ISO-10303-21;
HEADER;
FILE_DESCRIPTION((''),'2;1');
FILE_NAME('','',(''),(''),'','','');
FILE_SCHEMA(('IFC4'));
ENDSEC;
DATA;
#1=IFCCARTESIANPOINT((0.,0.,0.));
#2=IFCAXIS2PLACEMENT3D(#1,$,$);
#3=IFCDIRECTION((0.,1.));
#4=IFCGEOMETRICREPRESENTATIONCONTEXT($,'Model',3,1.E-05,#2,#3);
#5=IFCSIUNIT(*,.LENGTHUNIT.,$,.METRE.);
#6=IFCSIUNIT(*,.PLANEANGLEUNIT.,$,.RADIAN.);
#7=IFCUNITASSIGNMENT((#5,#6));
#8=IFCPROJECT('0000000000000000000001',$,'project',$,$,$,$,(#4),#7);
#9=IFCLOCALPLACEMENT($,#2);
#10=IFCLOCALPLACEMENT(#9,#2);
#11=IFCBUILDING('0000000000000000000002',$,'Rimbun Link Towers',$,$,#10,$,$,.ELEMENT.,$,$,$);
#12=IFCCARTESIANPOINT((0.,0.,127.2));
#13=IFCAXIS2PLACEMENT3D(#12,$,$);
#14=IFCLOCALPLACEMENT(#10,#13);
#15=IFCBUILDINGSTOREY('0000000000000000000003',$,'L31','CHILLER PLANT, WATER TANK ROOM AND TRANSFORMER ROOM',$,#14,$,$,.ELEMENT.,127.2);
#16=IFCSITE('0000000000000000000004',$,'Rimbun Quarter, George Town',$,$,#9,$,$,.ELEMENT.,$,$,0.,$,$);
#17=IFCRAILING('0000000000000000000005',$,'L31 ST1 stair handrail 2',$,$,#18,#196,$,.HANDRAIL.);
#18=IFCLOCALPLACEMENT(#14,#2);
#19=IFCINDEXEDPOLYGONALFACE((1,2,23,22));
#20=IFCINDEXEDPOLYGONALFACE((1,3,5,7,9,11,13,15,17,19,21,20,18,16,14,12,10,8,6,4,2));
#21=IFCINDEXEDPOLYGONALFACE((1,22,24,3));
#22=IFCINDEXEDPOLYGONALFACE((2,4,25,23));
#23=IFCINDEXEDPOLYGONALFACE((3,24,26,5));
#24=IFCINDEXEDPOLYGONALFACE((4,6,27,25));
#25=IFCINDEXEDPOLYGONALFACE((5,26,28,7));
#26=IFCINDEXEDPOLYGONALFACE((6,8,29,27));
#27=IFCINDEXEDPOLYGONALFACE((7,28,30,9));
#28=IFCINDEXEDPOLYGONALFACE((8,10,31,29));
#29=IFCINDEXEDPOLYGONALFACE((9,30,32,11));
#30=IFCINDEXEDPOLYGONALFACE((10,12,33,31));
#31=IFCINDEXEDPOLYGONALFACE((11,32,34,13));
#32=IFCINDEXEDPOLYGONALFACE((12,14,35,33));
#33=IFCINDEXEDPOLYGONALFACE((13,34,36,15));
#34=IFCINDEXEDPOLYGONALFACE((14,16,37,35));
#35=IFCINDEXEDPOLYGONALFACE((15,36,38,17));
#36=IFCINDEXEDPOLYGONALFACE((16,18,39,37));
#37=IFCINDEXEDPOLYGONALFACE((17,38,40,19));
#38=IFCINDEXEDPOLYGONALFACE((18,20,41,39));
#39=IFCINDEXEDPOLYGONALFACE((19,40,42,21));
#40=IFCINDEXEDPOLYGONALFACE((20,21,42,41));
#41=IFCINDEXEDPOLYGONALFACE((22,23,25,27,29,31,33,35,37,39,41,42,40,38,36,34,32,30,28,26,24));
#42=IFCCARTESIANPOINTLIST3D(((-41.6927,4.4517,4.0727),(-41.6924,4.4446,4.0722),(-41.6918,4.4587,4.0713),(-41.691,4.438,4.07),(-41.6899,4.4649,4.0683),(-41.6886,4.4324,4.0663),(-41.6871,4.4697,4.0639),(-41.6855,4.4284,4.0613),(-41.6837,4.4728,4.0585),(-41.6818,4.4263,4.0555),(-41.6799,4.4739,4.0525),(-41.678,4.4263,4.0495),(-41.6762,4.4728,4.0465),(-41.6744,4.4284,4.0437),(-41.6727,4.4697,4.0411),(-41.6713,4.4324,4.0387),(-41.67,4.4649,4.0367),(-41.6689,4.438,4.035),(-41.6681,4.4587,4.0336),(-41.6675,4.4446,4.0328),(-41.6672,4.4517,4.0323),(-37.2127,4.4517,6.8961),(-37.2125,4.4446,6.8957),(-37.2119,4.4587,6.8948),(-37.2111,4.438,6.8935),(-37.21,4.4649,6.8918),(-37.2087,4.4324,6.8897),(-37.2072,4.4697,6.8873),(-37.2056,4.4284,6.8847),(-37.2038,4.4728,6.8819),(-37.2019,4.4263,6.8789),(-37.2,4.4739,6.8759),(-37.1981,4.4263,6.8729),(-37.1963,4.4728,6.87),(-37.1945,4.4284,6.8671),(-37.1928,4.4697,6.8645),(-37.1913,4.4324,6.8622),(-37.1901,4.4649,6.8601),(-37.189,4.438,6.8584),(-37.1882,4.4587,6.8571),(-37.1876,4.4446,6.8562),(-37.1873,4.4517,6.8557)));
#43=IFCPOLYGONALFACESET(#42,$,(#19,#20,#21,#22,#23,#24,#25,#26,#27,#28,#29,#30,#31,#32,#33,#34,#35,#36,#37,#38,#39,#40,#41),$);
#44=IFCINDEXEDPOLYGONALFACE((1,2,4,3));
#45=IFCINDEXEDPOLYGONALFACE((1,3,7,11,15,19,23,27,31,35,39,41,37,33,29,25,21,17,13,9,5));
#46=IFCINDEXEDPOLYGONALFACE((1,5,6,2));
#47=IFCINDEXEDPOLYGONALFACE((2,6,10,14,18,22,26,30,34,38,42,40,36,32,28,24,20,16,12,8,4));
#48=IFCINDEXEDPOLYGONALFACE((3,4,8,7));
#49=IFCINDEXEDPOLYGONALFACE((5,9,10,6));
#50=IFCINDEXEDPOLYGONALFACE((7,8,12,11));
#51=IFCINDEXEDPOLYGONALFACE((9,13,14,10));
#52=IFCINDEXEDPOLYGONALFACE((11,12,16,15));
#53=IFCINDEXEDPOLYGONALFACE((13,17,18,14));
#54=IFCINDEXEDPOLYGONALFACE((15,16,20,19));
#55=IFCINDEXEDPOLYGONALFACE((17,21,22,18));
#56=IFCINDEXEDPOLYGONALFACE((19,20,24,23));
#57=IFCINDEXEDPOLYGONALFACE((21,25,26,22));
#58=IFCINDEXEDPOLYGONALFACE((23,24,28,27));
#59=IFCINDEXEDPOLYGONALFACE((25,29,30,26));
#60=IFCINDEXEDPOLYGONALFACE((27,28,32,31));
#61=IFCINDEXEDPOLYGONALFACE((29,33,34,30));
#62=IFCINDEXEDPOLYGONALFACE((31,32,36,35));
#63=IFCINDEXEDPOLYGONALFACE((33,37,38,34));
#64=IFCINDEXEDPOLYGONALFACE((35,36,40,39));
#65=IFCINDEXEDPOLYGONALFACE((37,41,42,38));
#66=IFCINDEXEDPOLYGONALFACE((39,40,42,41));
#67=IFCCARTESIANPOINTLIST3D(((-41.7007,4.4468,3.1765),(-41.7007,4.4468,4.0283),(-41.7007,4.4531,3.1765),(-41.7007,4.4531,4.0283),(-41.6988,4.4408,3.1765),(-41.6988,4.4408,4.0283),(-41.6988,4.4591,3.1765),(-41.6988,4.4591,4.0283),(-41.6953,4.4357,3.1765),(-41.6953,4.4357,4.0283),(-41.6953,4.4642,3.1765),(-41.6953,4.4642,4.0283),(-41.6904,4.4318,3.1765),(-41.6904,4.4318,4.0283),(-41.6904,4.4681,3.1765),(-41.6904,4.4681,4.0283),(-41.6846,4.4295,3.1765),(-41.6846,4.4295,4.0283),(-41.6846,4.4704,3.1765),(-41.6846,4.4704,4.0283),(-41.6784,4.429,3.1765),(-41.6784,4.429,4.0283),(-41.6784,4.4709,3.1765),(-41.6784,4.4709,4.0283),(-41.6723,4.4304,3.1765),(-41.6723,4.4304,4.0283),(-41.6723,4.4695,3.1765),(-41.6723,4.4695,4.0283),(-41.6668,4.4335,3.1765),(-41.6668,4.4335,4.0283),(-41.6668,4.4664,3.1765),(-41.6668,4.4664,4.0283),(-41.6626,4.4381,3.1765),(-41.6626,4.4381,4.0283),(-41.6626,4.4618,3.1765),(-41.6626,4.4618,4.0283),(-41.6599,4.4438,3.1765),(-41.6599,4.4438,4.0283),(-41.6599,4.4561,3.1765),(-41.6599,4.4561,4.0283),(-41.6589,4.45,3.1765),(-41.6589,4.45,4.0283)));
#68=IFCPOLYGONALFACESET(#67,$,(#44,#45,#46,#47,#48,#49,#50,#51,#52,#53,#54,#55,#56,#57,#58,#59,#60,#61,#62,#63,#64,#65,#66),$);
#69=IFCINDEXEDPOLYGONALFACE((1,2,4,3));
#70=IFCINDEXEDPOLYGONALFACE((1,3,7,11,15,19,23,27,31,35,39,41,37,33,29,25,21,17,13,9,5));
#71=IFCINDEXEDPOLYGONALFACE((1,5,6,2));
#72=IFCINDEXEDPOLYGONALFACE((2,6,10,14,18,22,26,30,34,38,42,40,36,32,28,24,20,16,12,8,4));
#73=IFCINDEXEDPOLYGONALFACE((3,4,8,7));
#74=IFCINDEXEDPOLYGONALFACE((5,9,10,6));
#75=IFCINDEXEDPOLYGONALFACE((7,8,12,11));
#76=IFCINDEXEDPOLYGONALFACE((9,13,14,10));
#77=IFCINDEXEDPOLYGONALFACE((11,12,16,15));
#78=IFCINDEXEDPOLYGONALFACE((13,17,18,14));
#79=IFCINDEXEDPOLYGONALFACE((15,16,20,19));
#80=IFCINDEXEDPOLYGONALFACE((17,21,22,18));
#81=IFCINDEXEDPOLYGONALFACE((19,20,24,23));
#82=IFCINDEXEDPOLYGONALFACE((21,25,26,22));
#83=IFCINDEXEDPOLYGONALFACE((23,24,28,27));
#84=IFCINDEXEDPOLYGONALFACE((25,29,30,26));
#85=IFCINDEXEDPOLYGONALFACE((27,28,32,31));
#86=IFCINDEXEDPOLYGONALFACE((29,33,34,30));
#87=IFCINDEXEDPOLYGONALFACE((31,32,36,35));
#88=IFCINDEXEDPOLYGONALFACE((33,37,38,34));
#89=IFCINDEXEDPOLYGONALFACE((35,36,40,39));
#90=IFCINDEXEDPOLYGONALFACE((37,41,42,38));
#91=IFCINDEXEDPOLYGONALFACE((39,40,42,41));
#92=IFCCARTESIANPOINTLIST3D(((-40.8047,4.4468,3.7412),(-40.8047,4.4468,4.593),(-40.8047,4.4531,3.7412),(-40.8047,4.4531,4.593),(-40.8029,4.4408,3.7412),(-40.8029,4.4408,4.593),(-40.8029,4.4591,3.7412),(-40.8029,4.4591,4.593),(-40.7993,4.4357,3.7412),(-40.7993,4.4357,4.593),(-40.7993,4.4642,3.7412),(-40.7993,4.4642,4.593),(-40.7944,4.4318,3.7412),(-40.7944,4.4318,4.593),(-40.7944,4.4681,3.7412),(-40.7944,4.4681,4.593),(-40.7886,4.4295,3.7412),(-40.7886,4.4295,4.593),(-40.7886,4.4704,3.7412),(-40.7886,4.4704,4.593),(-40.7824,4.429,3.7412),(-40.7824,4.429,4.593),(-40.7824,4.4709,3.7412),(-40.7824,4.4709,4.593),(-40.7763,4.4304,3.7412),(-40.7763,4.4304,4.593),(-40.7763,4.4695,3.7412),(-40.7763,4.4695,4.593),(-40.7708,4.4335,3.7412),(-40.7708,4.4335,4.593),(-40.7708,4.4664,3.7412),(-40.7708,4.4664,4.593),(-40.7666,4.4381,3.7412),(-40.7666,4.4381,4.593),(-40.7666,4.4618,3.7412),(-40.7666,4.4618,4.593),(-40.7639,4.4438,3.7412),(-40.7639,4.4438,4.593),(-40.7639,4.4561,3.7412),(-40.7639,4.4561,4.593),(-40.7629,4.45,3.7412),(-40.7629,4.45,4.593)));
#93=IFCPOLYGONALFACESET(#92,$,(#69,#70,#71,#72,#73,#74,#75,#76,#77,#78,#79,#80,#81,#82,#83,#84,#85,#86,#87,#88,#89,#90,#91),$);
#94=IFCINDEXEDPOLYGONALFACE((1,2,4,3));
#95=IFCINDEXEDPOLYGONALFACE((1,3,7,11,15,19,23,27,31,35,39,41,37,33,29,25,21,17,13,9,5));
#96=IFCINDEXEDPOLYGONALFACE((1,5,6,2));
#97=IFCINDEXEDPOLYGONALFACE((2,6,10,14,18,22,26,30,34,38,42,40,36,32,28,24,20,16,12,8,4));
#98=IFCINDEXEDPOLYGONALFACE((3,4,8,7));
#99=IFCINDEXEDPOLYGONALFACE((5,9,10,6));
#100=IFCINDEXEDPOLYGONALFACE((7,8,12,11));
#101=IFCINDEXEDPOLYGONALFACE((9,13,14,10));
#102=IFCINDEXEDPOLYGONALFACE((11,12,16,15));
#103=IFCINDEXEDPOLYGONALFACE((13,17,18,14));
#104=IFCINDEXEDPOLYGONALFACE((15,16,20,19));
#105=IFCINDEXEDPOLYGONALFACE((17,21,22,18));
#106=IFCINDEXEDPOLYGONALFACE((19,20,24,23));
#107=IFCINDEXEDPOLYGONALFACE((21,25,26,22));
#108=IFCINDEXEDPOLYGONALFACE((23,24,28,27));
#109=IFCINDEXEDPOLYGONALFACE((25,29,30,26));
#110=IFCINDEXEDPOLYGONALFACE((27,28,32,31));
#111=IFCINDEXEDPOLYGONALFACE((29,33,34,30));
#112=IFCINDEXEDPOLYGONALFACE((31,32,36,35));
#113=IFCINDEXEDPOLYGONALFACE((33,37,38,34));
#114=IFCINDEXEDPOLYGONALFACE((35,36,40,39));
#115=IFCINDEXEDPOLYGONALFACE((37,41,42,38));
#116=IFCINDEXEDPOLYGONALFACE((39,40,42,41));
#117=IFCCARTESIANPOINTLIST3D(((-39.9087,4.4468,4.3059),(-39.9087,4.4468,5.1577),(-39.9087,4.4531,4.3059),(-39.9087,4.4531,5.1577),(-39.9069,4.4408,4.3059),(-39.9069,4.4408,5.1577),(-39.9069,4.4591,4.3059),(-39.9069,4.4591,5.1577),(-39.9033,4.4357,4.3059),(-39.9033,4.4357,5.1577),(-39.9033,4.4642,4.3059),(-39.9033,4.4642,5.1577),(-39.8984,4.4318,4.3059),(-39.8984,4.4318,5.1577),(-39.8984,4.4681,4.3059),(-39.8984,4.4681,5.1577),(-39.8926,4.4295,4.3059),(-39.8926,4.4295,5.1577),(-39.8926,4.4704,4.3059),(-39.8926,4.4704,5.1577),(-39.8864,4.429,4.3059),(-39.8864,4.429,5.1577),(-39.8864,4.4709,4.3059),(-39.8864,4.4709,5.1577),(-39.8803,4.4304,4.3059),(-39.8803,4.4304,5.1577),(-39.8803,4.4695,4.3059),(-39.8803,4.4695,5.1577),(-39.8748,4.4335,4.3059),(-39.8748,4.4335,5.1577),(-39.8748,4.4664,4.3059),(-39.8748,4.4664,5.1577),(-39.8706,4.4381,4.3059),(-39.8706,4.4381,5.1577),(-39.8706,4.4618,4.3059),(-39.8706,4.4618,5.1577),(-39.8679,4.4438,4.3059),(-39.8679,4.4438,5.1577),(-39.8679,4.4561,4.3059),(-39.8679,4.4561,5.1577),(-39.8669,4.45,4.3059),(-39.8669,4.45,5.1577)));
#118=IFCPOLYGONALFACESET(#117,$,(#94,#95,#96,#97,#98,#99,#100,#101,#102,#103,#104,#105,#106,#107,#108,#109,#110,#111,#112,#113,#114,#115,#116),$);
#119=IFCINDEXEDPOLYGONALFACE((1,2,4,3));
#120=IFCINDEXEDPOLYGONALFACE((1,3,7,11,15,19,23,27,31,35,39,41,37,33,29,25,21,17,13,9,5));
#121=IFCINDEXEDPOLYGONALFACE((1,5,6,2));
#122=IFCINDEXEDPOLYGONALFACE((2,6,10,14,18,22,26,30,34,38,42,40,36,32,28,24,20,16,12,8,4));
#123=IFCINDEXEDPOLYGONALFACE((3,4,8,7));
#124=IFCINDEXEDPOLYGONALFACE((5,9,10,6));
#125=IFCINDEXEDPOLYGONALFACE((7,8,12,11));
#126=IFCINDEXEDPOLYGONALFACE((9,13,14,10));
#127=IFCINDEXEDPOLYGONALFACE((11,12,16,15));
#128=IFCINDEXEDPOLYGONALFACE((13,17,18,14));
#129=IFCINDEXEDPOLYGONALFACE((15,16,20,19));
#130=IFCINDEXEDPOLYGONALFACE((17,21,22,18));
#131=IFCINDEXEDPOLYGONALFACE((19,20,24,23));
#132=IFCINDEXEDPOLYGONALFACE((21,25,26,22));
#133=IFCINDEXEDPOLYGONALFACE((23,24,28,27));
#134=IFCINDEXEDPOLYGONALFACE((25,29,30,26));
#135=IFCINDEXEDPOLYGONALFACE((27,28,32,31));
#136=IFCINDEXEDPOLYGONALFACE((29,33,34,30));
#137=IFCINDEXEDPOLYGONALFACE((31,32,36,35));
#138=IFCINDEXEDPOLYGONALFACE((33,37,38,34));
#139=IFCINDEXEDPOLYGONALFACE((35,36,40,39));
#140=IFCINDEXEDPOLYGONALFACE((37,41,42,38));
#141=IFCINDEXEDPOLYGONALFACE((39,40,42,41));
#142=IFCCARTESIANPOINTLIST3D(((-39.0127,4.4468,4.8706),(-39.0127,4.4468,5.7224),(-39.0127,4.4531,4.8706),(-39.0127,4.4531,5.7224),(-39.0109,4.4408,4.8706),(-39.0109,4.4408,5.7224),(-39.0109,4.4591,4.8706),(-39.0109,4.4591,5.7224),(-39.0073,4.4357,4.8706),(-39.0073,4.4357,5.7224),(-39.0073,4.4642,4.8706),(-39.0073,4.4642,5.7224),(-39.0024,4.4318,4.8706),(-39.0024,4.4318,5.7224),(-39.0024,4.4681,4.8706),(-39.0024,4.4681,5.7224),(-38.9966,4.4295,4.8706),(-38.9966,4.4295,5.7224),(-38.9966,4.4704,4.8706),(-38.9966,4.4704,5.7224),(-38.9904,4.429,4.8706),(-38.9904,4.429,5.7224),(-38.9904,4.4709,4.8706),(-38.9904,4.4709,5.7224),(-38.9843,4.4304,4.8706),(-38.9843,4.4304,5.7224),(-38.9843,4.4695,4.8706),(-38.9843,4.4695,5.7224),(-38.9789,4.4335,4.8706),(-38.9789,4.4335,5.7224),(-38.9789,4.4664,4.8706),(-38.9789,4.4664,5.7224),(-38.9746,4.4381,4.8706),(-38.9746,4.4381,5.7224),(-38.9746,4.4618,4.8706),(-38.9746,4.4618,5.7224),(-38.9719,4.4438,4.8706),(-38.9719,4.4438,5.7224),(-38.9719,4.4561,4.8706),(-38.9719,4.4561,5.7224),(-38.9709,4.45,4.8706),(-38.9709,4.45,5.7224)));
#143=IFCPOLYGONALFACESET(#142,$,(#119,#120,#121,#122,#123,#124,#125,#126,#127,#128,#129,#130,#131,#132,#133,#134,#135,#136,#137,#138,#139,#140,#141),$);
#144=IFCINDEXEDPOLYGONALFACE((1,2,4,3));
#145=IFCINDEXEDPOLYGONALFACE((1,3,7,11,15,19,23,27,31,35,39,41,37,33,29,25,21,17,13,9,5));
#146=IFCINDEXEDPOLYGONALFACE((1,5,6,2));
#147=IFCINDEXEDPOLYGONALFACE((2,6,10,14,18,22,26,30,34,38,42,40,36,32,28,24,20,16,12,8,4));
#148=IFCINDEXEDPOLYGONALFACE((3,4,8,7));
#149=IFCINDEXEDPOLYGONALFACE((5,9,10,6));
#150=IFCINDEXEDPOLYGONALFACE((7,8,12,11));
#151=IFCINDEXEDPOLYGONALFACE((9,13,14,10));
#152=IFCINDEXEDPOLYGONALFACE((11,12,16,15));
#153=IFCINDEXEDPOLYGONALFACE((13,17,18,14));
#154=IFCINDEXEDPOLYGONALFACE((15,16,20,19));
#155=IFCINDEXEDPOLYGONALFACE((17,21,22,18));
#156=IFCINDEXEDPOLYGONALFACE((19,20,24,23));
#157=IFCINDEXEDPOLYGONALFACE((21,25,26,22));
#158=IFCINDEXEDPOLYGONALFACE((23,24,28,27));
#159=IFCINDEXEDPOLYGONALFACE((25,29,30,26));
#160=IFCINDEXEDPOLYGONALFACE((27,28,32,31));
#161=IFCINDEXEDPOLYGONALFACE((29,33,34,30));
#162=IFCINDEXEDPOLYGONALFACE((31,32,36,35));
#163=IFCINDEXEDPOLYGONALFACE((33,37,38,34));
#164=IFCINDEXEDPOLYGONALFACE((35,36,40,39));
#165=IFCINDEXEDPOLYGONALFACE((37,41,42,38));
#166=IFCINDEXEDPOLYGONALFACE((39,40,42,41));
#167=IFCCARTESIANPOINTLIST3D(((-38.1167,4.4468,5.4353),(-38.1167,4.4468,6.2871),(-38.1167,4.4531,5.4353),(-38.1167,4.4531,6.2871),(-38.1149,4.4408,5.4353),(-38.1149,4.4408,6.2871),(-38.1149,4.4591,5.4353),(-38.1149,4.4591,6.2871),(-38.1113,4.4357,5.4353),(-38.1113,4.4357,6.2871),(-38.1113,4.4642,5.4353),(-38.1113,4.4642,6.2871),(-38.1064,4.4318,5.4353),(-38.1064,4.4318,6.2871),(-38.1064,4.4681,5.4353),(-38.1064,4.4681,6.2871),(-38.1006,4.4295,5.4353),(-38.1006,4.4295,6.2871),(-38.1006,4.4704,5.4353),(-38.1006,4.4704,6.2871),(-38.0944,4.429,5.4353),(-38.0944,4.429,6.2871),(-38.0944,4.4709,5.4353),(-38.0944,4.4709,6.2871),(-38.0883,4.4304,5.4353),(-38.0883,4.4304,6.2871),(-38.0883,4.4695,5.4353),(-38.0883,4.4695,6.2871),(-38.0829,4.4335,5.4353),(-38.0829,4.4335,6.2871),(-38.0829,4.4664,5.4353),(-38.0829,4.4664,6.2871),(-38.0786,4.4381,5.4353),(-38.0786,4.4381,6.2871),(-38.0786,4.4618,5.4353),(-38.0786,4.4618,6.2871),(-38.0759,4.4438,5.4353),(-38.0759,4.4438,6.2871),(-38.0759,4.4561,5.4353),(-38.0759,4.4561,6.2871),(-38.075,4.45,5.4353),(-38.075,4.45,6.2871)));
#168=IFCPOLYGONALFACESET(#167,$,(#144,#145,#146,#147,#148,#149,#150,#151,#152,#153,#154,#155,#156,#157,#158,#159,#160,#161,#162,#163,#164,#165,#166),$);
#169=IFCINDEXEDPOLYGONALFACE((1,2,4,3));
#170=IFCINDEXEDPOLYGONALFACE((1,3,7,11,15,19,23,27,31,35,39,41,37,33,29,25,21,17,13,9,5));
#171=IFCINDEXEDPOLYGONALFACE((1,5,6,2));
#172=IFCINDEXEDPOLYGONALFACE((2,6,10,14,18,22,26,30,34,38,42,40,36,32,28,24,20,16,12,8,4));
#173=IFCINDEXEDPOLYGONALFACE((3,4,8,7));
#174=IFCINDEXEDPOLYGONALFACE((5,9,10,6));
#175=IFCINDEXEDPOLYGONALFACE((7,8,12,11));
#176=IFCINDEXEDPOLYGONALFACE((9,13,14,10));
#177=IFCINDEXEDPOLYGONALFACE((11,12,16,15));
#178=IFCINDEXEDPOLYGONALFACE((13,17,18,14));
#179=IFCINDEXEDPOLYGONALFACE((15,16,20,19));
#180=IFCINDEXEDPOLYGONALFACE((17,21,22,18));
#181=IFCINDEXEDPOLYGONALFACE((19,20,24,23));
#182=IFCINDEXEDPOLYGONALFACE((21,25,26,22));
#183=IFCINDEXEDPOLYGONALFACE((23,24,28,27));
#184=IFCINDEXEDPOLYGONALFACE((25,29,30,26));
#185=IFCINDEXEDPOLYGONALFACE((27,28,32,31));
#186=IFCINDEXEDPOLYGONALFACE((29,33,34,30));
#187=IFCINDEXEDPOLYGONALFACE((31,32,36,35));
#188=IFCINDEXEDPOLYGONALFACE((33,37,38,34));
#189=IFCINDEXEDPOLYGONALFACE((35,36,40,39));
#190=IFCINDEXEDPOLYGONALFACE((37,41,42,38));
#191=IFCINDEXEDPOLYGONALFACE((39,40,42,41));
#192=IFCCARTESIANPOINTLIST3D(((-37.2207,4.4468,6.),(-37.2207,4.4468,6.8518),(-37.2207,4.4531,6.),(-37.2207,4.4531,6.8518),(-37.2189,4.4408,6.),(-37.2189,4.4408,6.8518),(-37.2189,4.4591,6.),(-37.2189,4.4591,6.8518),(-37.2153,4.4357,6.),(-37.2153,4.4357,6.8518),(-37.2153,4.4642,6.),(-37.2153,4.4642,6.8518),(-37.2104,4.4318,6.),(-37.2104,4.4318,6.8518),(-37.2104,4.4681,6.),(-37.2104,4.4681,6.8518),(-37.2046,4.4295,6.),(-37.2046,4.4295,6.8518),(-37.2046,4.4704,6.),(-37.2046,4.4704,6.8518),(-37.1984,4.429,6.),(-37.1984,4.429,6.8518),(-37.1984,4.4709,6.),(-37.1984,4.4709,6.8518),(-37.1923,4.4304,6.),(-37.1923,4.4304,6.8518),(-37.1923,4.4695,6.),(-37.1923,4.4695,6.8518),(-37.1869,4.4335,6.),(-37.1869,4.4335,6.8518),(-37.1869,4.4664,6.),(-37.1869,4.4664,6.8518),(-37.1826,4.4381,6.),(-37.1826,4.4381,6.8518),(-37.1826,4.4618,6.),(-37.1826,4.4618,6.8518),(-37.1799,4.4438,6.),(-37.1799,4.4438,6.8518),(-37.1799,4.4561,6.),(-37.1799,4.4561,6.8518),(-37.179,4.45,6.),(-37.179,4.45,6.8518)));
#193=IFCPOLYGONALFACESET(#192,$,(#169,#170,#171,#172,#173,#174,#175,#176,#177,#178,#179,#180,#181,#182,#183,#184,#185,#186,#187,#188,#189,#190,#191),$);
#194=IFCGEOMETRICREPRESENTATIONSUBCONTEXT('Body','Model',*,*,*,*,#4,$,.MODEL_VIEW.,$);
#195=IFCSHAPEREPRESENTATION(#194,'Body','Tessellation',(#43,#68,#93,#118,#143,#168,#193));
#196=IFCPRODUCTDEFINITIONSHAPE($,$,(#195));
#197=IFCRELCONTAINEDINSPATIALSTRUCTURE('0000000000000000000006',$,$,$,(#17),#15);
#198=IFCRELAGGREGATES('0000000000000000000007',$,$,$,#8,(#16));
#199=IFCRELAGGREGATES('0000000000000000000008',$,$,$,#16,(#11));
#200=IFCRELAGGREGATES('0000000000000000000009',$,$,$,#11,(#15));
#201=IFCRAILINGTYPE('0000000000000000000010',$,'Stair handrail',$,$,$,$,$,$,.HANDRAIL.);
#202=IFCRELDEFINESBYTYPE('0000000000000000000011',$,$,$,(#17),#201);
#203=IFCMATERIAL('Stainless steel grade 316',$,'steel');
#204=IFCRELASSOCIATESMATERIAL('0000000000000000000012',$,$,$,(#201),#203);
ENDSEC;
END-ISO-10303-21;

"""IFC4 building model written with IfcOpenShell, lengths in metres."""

from ifc_helpers import new_model, si_unit, direction, frame, origin, origin_2d, place, context, subcontext, project, spatial, circle, extrude, material, type_object, element, save


model = new_model("IFC4")

# Units and contexts
model_context = context("Model", 3, precision=1e-05, world=origin(), true_north=direction((0.0, 1.0)))
body_context = subcontext(model_context, "Body", "Model", "MODEL_VIEW")
ifc_project = project(units=[si_unit("LENGTHUNIT", "METRE"), si_unit("PLANEANGLEUNIT", "RADIAN")], contexts=[model_context])

# Site, building, storey
site_placement = place(None, origin())
site = spatial("IfcSite", under=ifc_project, at=site_placement, Name="Rimbun Quarter, George Town", CompositionType="ELEMENT", RefElevation=0.0)
building_placement = place(site_placement, origin())
building = spatial("IfcBuilding", under=site, at=building_placement, Name="Rimbun Link Towers", CompositionType="ELEMENT")
storey_placement = place(building_placement, frame((0.0, 0.0, 127.2)))
storey = spatial("IfcBuildingStorey", under=building, at=storey_placement, Name="L31", Description="CHILLER PLANT, WATER TANK ROOM AND TRANSFORMER ROOM", CompositionType="ELEMENT", Elevation=127.2)

# Railing
ifc_material_1 = material(Name="Stainless steel grade 316", Category="steel")
railing_type_1 = type_object("IfcRailingType", Name="Stair handrail", PredefinedType="HANDRAIL", material=ifc_material_1)
railing_1_placement = place(storey_placement, frame((-41.6799, 4.45, 3.1765)))
element("IfcRailing", 1, at=railing_1_placement, inside=storey, type_object=railing_type_1, Name="L31 ST1 stair handrail 2", PredefinedType="HANDRAIL", context=body_context, shape_type="SweptSolid", body=[
    extrude(circle(Radius=0.0239, at=origin_2d()), frame((0.0, 0.0, 0.876), z_axis=(0.845998, 0.0, 0.533186), x_axis=(0.0, 1.0, 0.0)), (0.0, 0.0, 1.0), 5.2954),
    extrude(circle(Radius=0.021, at=origin_2d()), origin(), (0.0, 0.0, 1.0), 0.8518),
    extrude(circle(Radius=0.021, at=origin_2d()), frame((0.896, 0.0, 0.5647)), (0.0, 0.0, 1.0), 0.8518),
    extrude(circle(Radius=0.021, at=origin_2d()), frame((1.792, 0.0, 1.1294)), (0.0, 0.0, 1.0), 0.8518),
    extrude(circle(Radius=0.021, at=origin_2d()), frame((2.688, 0.0, 1.6941)), (0.0, 0.0, 1.0), 0.8518),
    extrude(circle(Radius=0.021, at=origin_2d()), frame((3.584, 0.0, 2.2588)), (0.0, 0.0, 1.0), 0.8518),
    extrude(circle(Radius=0.021, at=origin_2d()), frame((4.48, 0.0, 2.8235)), (0.0, 0.0, 1.0), 0.8518),
])

save(model, "model.ifc")
